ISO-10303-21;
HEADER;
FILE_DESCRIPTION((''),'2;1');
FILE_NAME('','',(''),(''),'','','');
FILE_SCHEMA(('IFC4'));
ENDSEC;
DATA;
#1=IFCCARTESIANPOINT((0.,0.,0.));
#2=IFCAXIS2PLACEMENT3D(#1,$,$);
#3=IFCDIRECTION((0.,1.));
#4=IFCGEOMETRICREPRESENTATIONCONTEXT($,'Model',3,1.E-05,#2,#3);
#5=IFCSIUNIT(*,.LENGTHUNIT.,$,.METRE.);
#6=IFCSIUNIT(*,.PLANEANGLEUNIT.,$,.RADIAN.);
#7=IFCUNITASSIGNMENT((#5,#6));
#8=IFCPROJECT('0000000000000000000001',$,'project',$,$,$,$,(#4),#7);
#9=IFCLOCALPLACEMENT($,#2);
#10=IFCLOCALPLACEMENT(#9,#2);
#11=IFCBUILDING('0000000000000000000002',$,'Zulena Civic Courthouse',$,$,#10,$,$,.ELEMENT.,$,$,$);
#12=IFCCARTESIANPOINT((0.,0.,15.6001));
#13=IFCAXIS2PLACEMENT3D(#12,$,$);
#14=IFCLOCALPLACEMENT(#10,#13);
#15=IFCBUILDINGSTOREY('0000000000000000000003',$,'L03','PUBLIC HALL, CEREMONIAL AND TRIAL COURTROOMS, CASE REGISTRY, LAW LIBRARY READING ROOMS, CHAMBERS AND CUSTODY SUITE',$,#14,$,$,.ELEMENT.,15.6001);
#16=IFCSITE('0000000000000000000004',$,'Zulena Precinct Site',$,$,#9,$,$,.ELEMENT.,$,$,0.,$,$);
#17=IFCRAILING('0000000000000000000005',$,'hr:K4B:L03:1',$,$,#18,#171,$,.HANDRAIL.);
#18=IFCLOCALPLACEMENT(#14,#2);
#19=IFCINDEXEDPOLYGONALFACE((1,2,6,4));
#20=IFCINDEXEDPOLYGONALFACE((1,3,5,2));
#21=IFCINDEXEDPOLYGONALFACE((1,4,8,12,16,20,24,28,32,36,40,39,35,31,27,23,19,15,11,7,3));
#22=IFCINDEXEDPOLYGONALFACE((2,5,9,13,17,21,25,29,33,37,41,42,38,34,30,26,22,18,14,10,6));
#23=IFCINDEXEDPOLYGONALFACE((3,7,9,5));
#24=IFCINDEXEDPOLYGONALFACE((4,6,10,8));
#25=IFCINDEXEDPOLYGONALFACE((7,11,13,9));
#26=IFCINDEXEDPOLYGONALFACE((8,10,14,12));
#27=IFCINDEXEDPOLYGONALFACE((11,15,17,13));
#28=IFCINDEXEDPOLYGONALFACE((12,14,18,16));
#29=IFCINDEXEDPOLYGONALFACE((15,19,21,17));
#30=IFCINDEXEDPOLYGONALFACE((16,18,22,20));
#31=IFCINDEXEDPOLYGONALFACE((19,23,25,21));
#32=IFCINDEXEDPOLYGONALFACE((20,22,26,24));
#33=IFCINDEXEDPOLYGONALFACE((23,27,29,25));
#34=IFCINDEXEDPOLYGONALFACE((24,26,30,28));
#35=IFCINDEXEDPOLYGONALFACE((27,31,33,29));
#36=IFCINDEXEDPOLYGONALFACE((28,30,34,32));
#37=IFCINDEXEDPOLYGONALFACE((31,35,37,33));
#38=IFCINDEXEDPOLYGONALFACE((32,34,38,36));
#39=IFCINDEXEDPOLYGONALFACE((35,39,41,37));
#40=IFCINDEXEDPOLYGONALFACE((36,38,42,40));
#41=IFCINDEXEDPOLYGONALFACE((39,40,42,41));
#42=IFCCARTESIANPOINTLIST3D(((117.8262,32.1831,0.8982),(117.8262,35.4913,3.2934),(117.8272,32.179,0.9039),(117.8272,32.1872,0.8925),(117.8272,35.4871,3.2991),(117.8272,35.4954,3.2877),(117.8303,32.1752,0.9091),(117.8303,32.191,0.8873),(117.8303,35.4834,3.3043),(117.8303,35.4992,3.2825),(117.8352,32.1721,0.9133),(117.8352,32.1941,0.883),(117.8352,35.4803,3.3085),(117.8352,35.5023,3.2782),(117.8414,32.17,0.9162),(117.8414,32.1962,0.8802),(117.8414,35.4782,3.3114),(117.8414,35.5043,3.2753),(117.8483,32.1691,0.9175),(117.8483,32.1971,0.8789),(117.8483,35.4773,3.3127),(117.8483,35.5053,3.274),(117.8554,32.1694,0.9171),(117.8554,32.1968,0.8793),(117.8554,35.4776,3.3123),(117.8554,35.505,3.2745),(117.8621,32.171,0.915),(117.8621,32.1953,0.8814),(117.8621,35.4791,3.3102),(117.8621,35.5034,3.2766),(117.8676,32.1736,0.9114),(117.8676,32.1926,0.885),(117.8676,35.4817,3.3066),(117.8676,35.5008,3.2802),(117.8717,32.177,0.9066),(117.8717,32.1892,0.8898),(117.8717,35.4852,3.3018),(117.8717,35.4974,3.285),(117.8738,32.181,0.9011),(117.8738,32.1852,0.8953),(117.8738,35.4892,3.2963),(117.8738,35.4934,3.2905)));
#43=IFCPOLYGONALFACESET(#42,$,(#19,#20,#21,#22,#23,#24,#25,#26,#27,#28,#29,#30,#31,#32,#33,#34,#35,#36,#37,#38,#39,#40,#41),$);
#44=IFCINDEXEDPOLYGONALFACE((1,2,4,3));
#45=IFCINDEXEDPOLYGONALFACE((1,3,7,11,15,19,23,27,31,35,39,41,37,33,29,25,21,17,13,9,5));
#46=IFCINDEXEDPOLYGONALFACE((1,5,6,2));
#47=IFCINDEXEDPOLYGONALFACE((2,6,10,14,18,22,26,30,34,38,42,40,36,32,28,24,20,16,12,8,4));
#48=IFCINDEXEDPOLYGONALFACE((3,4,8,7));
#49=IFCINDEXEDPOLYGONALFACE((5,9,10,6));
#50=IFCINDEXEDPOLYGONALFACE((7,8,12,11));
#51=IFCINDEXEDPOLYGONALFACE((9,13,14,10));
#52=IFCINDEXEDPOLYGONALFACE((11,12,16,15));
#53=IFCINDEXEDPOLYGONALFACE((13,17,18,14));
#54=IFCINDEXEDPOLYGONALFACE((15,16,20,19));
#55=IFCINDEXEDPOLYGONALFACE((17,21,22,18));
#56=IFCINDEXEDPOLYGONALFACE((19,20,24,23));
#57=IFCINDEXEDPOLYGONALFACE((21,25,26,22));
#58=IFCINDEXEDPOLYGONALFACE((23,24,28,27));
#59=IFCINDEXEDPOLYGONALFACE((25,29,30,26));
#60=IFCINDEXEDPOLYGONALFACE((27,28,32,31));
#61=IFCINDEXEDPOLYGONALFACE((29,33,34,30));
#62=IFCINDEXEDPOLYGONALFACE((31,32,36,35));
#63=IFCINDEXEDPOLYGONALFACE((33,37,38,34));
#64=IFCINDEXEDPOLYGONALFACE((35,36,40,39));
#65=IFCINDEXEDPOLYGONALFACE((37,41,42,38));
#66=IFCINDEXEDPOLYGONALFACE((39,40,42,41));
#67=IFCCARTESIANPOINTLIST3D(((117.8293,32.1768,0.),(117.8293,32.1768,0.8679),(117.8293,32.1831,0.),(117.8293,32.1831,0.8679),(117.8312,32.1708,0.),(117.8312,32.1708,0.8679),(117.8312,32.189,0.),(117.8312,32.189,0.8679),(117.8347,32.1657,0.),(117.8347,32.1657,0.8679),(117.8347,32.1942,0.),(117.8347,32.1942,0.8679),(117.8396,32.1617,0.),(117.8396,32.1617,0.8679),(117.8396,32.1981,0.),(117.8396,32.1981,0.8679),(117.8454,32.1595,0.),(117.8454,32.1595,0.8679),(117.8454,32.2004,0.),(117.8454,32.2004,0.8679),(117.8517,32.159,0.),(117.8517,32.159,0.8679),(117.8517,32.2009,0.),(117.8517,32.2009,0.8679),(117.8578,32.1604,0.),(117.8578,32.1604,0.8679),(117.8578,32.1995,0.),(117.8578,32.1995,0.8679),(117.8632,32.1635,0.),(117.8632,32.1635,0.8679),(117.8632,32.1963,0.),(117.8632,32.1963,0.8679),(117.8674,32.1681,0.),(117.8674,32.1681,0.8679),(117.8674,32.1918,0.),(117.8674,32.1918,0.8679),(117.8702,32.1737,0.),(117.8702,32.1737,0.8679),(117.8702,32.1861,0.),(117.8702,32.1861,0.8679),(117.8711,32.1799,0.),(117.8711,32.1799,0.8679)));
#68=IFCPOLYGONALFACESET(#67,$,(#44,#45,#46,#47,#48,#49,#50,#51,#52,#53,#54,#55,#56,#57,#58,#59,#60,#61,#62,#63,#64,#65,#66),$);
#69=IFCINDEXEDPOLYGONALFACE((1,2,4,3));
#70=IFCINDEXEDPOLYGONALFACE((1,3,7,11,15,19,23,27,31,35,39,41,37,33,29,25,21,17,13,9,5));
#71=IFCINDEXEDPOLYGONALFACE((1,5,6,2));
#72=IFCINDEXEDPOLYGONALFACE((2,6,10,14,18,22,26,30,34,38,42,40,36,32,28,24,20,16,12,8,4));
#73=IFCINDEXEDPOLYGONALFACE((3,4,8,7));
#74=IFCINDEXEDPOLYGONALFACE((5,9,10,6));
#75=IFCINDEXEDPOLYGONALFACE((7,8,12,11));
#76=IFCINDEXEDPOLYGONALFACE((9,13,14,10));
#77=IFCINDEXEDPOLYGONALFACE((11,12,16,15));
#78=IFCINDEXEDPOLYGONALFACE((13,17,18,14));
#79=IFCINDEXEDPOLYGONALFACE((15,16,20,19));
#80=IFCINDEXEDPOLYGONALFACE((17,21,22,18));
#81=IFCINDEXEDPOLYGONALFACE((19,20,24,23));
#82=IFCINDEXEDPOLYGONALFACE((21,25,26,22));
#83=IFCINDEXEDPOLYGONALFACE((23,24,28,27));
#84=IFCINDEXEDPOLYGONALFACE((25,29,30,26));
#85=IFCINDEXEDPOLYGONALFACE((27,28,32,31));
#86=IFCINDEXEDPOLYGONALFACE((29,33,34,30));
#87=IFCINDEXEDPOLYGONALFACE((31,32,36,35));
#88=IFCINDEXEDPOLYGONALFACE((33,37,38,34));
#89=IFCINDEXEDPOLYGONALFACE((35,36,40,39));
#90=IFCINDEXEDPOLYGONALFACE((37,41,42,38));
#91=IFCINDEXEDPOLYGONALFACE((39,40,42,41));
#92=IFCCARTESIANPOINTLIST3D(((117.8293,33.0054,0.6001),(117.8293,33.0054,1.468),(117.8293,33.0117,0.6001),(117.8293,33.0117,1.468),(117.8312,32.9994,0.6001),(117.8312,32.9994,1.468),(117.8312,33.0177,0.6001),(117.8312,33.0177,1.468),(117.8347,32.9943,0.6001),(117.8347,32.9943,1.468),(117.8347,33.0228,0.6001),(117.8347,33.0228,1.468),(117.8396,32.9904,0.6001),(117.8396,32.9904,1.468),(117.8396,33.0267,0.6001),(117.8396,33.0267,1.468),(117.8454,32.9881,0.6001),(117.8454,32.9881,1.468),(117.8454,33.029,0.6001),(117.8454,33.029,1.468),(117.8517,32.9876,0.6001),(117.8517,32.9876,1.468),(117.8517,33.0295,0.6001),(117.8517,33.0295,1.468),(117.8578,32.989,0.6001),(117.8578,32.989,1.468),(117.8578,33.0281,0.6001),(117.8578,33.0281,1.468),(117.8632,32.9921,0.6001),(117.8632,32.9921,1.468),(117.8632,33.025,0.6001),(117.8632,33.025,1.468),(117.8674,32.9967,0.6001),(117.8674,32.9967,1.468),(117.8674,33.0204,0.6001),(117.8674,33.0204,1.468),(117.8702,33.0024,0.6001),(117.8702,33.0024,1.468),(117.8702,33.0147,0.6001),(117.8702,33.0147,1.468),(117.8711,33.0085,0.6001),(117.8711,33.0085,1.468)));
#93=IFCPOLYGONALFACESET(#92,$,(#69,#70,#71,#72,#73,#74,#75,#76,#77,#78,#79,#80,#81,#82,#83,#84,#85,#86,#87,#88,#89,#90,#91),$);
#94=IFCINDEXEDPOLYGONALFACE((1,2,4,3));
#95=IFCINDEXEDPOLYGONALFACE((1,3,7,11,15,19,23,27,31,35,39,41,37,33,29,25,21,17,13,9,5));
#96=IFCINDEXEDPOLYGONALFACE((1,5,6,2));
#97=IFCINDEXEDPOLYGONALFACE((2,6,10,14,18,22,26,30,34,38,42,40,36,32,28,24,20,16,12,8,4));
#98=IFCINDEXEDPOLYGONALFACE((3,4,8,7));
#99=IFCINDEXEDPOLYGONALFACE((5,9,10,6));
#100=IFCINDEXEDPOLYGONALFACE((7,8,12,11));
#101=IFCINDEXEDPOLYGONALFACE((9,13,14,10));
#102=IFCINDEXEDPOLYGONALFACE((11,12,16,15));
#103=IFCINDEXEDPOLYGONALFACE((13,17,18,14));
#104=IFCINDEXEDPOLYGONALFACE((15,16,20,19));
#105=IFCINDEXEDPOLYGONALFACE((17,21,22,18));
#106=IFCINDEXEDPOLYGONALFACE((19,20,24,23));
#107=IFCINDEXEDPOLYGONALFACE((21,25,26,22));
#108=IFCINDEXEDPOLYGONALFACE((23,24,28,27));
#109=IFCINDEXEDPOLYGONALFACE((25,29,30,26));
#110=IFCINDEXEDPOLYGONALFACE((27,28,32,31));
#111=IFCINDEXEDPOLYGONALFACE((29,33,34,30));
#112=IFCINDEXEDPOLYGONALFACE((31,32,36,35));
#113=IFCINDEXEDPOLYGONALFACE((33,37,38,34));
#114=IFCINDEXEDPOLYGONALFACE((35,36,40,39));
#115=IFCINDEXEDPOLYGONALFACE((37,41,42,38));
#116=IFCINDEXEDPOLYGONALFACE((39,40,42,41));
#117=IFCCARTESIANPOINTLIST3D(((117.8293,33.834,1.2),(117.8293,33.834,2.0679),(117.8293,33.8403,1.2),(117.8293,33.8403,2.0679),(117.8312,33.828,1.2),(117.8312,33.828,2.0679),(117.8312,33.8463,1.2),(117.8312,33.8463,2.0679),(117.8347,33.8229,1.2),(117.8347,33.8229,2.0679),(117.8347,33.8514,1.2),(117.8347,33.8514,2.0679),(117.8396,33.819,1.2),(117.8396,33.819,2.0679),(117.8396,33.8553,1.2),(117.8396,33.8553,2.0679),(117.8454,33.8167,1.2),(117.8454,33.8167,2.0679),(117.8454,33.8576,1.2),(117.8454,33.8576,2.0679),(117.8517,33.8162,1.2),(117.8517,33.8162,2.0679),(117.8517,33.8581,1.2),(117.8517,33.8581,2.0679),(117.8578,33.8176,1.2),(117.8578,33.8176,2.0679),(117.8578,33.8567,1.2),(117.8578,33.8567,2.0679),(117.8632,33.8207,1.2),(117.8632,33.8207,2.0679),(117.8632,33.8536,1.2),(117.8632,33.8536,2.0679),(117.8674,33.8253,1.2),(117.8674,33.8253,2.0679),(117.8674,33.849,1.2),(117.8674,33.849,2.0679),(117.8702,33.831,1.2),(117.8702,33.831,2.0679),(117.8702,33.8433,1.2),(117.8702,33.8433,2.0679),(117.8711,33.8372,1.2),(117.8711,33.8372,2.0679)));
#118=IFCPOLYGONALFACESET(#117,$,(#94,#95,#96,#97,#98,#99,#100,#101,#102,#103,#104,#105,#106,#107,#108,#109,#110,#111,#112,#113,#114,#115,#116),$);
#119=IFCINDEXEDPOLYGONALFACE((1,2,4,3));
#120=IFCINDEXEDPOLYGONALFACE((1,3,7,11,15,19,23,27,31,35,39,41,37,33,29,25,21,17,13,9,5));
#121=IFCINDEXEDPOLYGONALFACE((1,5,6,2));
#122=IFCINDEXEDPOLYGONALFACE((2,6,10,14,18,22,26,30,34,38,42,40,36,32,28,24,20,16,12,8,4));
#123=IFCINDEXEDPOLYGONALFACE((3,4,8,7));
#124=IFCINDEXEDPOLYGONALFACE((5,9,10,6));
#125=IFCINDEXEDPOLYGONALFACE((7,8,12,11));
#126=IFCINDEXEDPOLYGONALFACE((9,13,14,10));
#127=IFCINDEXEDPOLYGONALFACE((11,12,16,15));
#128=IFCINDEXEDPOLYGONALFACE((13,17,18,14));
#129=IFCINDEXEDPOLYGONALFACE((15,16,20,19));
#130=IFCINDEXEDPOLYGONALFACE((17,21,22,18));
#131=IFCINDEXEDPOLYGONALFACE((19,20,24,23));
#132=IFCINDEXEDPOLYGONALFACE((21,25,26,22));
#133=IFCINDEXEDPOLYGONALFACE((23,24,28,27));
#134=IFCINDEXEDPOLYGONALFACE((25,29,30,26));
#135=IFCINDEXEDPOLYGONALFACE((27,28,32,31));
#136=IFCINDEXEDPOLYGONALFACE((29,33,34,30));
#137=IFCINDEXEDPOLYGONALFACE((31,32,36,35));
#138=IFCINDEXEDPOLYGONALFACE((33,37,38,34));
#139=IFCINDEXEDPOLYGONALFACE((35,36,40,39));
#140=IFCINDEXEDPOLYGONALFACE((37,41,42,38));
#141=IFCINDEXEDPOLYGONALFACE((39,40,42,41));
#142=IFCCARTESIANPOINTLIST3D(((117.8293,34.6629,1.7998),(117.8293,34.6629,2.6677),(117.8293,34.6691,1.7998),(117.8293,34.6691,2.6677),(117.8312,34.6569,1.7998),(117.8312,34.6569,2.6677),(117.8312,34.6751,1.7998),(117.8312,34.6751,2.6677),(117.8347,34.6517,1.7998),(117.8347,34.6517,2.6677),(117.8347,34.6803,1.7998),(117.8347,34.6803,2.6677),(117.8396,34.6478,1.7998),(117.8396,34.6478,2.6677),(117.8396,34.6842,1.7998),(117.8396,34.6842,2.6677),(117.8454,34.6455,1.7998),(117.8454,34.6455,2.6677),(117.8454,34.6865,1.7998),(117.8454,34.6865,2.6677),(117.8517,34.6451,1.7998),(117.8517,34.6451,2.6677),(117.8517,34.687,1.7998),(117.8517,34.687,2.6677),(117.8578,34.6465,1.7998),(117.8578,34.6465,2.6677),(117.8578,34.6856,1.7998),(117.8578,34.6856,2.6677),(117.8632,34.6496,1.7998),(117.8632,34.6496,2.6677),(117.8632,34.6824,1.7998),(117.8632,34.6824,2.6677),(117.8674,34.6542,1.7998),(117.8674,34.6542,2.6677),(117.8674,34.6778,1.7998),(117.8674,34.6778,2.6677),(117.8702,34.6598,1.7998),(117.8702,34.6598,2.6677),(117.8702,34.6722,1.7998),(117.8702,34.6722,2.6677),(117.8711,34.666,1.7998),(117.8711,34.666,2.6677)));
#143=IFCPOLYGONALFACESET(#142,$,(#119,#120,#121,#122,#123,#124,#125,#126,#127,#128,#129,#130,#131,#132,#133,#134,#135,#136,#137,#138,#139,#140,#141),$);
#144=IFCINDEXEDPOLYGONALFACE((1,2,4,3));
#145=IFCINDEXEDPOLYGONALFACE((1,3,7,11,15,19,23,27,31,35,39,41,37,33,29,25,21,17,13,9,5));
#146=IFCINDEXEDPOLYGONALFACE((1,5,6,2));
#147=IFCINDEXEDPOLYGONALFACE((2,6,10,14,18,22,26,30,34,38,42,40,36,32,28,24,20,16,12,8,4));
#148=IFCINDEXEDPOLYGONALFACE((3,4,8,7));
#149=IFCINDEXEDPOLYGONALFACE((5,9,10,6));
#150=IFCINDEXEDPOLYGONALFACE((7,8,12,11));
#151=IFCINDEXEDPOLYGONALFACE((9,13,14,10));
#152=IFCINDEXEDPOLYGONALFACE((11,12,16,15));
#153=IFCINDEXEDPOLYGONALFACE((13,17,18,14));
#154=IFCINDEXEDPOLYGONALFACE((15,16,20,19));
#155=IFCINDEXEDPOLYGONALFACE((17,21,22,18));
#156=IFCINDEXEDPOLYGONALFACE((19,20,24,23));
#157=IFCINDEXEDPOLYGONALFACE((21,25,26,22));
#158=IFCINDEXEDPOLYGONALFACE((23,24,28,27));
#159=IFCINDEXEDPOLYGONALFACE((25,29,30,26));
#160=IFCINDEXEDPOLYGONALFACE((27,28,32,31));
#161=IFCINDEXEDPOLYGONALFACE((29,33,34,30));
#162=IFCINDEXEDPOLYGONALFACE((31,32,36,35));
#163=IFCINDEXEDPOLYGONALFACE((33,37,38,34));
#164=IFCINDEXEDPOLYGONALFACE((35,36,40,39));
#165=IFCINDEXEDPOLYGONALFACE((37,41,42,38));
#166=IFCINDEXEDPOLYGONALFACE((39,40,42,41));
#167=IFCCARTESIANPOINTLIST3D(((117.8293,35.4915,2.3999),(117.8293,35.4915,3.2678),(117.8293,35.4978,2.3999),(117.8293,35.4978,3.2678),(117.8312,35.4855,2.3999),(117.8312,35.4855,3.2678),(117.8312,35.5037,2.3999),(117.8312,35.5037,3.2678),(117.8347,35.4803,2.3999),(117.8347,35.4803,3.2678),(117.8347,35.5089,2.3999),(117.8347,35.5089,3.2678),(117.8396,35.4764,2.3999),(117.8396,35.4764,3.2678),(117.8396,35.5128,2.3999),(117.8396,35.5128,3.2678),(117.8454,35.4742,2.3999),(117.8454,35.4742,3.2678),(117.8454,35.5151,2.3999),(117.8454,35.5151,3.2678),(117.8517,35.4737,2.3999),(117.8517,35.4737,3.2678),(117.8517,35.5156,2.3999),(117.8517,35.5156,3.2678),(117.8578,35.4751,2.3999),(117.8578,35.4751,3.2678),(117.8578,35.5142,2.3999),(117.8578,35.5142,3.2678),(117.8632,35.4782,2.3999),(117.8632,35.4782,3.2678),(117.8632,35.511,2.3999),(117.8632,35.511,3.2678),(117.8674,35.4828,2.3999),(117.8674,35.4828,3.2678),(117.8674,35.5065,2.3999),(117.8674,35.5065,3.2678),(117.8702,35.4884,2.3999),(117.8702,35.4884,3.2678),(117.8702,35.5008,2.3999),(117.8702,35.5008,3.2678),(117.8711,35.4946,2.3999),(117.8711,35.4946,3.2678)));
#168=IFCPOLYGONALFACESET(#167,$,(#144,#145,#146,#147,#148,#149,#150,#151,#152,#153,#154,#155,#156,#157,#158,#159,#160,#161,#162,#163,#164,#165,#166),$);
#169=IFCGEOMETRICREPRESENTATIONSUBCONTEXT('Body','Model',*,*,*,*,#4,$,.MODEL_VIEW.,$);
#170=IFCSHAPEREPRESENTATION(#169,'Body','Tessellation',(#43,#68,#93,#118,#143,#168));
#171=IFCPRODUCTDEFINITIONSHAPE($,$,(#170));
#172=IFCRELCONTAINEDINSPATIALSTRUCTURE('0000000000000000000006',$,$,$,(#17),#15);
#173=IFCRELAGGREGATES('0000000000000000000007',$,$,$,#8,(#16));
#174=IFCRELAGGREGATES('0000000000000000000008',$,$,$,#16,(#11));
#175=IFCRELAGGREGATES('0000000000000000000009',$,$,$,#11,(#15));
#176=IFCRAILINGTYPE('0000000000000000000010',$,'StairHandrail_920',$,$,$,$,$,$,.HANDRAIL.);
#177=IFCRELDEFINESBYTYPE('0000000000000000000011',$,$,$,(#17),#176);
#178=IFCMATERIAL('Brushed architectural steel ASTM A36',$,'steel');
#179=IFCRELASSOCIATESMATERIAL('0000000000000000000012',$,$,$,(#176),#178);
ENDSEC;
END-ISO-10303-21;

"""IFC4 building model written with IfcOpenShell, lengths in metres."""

from ifc_helpers import new_model, si_unit, direction, frame, origin, origin_2d, place, context, subcontext, project, spatial, circle, extrude, material, type_object, element, save


model = new_model("IFC4")

# Units and contexts
model_context = context("Model", 3, precision=1e-05, world=origin(), true_north=direction((0.0, 1.0)))
body_context = subcontext(model_context, "Body", "Model", "MODEL_VIEW")
ifc_project = project(units=[si_unit("LENGTHUNIT", "METRE"), si_unit("PLANEANGLEUNIT", "RADIAN")], contexts=[model_context])

# Site, building, storey
site_placement = place(None, origin())
site = spatial("IfcSite", under=ifc_project, at=site_placement, Name="Zulena Precinct Site", CompositionType="ELEMENT", RefElevation=0.0)
building_placement = place(site_placement, origin())
building = spatial("IfcBuilding", under=site, at=building_placement, Name="Zulena Civic Courthouse", CompositionType="ELEMENT")
storey_placement = place(building_placement, frame((0.0, 0.0, 15.6001)))
storey = spatial("IfcBuildingStorey", under=building, at=storey_placement, Name="L03", Description="PUBLIC HALL, CEREMONIAL AND TRIAL COURTROOMS, CASE REGISTRY, LAW LIBRARY READING ROOMS, CHAMBERS AND CUSTODY SUITE", CompositionType="ELEMENT", Elevation=15.6001)

# Railing
ifc_material_1 = material(Name="Brushed architectural steel ASTM A36", Category="steel")
railing_type_1 = type_object("IfcRailingType", Name="StairHandrail_920", PredefinedType="HANDRAIL", material=ifc_material_1)
railing_1_placement = place(storey_placement, frame((117.8501, 32.1799, 0.0)))
element("IfcRailing", 1, at=railing_1_placement, inside=storey, type_object=railing_type_1, Name="hr:K4B:L03:1", PredefinedType="HANDRAIL", context=body_context, shape_type="SweptSolid", body=[
    extrude(circle(Radius=0.0239, at=origin_2d()), frame((0.0, 0.0032, 0.8982), z_axis=(0.0, 0.809988, 0.586446), x_axis=(-1.0, 0.0, 0.0)), (0.0, 0.0, 1.0), 4.0842),
    extrude(circle(Radius=0.021, at=origin_2d()), origin(), (0.0, 0.0, 1.0), 0.8679),
    extrude(circle(Radius=0.021, at=origin_2d()), frame((0.0, 0.8286, 0.6001)), (0.0, 0.0, 1.0), 0.8679),
    extrude(circle(Radius=0.021, at=origin_2d()), frame((0.0, 1.6572, 1.2)), (0.0, 0.0, 1.0), 0.8679),
    extrude(circle(Radius=0.021, at=origin_2d()), frame((0.0, 2.4861, 1.7998)), (0.0, 0.0, 1.0), 0.8679),
    extrude(circle(Radius=0.021, at=origin_2d()), frame((0.0, 3.3147, 2.3999)), (0.0, 0.0, 1.0), 0.8679),
])

save(model, "model.ifc")
